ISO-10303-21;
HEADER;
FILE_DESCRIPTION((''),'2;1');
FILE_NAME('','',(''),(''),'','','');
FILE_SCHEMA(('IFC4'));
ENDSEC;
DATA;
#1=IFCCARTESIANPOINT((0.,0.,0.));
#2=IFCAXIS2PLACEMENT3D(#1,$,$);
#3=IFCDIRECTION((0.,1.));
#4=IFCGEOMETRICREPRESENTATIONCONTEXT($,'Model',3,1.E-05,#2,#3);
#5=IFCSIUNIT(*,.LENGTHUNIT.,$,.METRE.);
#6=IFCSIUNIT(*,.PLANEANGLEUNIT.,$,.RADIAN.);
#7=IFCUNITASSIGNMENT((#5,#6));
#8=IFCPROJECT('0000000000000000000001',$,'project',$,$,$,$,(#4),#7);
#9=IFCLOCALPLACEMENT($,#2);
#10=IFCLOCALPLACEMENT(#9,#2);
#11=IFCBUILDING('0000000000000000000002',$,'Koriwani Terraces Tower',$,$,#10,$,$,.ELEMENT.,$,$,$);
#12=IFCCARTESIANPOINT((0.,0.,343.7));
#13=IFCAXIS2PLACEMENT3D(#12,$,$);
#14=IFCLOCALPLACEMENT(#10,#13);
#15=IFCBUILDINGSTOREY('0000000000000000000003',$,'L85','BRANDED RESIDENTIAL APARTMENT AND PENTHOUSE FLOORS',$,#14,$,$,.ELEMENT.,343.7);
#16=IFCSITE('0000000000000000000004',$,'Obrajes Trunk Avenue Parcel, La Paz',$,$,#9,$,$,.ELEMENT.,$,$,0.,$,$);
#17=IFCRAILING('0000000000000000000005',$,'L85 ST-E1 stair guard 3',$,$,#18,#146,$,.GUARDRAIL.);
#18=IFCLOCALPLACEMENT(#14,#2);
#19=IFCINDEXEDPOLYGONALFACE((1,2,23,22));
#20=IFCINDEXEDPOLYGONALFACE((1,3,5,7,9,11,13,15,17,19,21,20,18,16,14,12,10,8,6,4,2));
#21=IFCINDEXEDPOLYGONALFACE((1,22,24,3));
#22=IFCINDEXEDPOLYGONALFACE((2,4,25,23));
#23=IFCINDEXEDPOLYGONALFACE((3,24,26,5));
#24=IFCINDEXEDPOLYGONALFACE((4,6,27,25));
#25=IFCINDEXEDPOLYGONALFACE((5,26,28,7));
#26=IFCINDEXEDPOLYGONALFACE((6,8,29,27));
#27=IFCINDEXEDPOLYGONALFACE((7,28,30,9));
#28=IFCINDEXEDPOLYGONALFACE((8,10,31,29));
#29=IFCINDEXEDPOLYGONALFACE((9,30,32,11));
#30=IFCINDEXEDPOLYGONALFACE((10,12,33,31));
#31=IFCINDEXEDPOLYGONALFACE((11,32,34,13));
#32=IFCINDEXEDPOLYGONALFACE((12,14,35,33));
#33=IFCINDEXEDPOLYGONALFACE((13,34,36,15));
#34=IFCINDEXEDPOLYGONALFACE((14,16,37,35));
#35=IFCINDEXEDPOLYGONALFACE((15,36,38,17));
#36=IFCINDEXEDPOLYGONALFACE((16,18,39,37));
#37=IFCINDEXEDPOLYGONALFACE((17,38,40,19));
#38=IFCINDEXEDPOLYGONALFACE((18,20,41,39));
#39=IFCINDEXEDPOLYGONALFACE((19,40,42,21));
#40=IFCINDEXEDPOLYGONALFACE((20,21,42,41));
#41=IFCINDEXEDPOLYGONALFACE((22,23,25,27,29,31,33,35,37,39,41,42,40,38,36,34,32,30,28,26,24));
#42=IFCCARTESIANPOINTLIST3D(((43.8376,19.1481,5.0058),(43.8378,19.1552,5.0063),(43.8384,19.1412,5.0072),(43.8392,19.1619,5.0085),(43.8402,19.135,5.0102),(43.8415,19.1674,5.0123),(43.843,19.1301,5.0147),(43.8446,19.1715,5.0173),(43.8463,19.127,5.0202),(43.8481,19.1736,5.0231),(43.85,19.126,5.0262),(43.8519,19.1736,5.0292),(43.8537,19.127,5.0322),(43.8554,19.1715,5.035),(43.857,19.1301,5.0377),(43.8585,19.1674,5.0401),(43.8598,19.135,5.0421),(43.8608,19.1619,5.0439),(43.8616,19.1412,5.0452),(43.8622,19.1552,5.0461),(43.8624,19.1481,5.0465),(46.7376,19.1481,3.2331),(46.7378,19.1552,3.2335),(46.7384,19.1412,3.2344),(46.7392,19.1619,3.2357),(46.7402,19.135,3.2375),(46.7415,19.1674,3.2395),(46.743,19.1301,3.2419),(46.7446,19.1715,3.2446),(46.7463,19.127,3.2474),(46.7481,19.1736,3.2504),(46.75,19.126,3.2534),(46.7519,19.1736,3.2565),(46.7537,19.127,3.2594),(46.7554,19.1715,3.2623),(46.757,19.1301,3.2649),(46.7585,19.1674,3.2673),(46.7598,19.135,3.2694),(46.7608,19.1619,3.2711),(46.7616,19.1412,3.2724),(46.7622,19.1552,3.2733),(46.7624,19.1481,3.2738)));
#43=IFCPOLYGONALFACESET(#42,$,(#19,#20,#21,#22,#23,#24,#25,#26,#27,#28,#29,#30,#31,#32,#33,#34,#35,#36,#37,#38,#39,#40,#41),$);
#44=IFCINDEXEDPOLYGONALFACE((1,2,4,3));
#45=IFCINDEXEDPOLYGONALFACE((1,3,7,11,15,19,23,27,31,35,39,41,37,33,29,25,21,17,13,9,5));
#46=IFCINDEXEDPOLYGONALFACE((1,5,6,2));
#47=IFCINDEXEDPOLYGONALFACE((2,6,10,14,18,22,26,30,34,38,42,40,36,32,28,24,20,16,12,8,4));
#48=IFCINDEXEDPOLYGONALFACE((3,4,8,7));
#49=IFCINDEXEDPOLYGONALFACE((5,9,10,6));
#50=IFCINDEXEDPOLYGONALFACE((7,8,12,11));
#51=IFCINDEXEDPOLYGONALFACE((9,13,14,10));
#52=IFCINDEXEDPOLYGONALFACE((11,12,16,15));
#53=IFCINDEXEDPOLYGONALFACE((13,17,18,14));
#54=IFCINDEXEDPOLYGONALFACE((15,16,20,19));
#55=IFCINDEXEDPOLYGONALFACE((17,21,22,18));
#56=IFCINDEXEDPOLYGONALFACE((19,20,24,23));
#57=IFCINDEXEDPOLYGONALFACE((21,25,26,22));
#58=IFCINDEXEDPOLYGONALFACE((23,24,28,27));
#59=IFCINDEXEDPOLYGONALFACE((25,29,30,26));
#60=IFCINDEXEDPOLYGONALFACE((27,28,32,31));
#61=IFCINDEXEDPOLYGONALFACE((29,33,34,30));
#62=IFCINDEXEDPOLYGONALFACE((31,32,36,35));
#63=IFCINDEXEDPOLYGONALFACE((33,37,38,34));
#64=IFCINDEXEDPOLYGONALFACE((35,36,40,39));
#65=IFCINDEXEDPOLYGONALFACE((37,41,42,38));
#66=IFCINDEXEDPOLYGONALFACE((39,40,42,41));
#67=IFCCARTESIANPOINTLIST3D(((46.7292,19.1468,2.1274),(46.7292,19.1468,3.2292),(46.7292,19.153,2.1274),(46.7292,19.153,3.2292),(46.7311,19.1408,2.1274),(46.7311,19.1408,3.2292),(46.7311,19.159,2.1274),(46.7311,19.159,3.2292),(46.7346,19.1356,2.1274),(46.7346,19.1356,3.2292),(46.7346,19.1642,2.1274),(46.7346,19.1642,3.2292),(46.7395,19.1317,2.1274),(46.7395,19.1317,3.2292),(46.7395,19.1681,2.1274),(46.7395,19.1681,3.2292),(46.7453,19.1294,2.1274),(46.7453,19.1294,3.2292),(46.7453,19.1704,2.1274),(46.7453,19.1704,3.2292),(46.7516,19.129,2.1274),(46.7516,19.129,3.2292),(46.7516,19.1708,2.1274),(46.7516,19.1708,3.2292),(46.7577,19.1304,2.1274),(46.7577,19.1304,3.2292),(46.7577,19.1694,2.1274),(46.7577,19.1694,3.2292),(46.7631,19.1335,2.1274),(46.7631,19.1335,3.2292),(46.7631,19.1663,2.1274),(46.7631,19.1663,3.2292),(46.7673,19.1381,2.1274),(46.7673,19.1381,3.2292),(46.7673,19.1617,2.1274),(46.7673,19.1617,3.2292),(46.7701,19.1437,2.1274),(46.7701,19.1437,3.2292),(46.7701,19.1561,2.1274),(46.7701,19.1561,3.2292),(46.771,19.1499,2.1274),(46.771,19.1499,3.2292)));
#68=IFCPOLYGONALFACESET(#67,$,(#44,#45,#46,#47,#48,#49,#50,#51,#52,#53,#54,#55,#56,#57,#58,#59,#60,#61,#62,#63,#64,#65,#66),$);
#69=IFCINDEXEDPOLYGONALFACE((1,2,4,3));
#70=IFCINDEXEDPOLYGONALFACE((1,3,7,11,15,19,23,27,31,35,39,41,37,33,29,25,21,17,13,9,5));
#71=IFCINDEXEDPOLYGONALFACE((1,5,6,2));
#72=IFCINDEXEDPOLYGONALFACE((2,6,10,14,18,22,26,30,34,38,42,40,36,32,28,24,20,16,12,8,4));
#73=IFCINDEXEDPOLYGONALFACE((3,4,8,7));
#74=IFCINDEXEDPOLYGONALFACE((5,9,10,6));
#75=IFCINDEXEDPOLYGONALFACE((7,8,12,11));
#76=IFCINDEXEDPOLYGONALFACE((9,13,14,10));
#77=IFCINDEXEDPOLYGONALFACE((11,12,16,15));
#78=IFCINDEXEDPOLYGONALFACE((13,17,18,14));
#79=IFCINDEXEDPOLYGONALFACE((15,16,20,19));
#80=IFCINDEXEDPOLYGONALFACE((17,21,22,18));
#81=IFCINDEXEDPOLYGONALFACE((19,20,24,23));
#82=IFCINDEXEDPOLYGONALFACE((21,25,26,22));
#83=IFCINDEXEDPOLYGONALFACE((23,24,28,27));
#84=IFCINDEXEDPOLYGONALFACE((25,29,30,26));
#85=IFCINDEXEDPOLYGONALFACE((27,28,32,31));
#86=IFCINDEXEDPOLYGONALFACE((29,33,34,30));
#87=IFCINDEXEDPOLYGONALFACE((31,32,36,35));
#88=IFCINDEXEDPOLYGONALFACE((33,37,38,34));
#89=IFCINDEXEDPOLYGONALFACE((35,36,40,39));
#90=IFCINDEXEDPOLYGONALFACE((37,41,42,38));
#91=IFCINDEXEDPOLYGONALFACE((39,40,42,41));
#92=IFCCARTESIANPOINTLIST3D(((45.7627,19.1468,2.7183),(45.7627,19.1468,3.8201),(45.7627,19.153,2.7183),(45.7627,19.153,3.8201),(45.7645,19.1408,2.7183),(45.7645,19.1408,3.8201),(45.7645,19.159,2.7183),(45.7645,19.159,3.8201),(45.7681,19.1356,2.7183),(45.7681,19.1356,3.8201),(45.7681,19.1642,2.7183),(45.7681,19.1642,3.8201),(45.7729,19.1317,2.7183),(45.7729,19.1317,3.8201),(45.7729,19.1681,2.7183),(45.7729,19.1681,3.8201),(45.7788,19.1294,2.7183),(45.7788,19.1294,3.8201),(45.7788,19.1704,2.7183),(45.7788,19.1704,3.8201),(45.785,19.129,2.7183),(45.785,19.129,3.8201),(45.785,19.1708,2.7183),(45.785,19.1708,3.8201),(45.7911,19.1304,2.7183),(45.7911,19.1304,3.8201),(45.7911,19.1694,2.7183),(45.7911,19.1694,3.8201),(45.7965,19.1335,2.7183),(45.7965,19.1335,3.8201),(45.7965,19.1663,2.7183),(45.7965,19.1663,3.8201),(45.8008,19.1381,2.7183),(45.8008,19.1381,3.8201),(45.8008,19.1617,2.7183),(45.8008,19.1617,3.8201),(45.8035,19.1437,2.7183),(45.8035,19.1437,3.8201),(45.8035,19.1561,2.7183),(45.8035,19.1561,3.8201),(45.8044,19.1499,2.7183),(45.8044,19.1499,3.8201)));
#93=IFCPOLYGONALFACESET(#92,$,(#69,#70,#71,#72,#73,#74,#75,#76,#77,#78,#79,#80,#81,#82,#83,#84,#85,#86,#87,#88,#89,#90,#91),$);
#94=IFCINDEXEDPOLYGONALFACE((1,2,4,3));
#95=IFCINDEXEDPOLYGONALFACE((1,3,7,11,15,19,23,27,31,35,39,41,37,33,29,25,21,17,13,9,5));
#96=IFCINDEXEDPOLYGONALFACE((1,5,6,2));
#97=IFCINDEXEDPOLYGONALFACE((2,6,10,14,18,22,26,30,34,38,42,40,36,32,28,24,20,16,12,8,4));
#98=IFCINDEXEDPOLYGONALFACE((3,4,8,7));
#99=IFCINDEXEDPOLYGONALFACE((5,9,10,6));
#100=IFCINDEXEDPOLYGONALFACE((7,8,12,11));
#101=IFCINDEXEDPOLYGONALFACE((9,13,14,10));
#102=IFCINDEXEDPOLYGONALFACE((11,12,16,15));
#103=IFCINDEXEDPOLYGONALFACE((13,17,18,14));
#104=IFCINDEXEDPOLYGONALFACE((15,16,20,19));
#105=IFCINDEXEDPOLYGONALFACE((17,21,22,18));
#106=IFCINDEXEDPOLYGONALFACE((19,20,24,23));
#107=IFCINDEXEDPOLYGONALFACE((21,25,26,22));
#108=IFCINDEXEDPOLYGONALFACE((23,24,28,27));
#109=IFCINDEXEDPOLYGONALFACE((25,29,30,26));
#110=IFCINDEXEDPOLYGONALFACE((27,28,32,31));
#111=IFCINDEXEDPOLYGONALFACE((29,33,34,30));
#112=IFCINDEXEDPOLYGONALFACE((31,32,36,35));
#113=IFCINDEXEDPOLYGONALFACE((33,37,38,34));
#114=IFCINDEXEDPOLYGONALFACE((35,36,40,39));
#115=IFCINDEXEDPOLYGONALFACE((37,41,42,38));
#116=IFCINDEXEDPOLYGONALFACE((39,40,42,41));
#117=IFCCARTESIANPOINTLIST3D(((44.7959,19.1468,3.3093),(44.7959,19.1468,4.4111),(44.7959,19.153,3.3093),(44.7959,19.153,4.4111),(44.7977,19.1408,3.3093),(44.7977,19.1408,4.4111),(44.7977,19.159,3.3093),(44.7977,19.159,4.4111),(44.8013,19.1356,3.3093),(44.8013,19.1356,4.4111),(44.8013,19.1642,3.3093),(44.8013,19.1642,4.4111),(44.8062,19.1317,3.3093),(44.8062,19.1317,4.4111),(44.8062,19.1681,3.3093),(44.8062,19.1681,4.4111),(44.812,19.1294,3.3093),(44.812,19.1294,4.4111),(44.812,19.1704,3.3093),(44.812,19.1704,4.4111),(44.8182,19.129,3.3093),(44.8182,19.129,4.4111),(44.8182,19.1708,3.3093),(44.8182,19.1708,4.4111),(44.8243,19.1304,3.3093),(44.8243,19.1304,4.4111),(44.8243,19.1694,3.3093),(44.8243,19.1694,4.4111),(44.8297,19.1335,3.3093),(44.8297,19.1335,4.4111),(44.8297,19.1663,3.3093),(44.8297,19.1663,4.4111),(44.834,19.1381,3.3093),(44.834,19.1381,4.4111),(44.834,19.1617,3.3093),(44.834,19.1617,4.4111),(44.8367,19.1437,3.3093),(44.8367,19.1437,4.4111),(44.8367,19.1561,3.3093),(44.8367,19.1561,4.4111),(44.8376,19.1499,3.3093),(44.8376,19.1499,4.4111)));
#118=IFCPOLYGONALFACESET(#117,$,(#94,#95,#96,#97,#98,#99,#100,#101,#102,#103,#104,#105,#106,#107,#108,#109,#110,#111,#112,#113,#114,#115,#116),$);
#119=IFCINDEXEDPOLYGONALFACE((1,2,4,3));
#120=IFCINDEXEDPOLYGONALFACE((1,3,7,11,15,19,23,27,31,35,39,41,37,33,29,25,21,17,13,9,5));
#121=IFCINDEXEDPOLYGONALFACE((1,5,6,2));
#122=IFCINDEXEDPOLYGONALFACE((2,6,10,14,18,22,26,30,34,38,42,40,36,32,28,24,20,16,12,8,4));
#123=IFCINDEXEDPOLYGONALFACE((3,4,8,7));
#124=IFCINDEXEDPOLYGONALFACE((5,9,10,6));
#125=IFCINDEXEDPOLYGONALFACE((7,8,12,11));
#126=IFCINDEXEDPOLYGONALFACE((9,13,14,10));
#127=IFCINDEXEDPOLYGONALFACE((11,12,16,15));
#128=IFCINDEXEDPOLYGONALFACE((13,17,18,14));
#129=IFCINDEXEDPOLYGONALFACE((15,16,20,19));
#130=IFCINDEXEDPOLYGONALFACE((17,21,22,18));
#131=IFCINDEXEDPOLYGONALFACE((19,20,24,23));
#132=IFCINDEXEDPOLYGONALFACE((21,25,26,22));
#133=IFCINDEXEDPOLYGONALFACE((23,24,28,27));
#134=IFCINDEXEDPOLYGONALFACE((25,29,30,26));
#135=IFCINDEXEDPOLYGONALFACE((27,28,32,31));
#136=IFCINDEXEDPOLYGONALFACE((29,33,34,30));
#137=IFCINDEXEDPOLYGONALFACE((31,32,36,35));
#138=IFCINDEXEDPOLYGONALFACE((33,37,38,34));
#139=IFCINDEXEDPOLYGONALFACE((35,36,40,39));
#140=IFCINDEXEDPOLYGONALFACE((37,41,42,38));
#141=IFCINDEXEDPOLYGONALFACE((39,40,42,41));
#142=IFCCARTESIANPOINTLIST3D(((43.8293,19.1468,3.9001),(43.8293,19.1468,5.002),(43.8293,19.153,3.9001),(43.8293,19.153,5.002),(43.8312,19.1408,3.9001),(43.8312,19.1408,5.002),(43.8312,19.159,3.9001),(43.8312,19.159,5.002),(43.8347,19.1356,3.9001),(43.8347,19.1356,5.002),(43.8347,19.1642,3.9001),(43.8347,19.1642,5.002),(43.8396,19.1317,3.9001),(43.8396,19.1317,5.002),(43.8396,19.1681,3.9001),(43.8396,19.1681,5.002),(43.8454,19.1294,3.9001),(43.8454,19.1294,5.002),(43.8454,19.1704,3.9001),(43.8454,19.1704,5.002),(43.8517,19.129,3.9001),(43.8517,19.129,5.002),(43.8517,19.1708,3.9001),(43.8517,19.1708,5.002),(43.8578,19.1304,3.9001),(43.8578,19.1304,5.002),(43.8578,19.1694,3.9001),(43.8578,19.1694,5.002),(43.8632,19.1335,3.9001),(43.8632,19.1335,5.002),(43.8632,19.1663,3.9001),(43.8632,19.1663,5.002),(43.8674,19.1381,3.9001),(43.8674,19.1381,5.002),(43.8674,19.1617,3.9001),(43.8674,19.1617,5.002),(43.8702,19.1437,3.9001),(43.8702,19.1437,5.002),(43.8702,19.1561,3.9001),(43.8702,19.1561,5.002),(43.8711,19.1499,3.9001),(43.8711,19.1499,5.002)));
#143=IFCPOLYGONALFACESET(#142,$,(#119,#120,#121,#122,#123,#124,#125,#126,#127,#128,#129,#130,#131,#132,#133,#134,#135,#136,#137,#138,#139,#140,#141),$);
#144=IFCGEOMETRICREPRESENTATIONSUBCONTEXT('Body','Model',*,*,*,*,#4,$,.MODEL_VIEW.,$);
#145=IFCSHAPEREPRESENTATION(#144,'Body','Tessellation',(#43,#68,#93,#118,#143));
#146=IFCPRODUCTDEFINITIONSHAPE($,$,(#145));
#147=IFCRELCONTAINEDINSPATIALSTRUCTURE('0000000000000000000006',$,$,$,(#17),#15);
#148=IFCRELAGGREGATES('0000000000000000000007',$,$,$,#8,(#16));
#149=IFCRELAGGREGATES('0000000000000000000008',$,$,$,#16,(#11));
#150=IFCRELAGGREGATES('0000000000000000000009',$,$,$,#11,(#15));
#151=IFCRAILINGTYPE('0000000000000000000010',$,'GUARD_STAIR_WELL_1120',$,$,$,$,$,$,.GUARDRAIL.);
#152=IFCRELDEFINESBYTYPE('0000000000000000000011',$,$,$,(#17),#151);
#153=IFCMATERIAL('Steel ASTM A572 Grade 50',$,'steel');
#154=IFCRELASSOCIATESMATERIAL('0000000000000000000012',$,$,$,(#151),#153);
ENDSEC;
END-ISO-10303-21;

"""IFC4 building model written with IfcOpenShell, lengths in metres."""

from ifc_helpers import new_model, si_unit, direction, frame, origin, origin_2d, place, context, subcontext, project, spatial, circle, extrude, material, type_object, element, save


model = new_model("IFC4")

# Units and contexts
model_context = context("Model", 3, precision=1e-05, world=origin(), true_north=direction((0.0, 1.0)))
body_context = subcontext(model_context, "Body", "Model", "MODEL_VIEW")
ifc_project = project(units=[si_unit("LENGTHUNIT", "METRE"), si_unit("PLANEANGLEUNIT", "RADIAN")], contexts=[model_context])

# Site, building, storey
site_placement = place(None, origin())
site = spatial("IfcSite", under=ifc_project, at=site_placement, Name="Obrajes Trunk Avenue Parcel, La Paz", CompositionType="ELEMENT", RefElevation=0.0)
building_placement = place(site_placement, origin())
building = spatial("IfcBuilding", under=site, at=building_placement, Name="Koriwani Terraces Tower", CompositionType="ELEMENT")
storey_placement = place(building_placement, frame((0.0, 0.0, 343.7)))
storey = spatial("IfcBuildingStorey", under=building, at=storey_placement, Name="L85", Description="BRANDED RESIDENTIAL APARTMENT AND PENTHOUSE FLOORS", CompositionType="ELEMENT", Elevation=343.7)

# Railing
ifc_material_1 = material(Name="Steel ASTM A572 Grade 50", Category="steel")
railing_type_1 = type_object("IfcRailingType", Name="GUARD_STAIR_WELL_1120", PredefinedType="GUARDRAIL", material=ifc_material_1)
railing_1_placement = place(storey_placement, frame((46.75, 19.1499, 2.1274)))
element("IfcRailing", 1, at=railing_1_placement, inside=storey, type_object=railing_type_1, Name="L85 ST-E1 stair guard 3", PredefinedType="GUARDRAIL", context=body_context, shape_type="SweptSolid", body=[
    extrude(circle(Radius=0.0239, at=origin_2d()), frame((0.0, 0.0, 1.126), z_axis=(-0.853211, 0.0, 0.521566), x_axis=(0.0, -1.0, 0.0)), (0.0, 0.0, 1.0), 3.3989),
    extrude(circle(Radius=0.021, at=origin_2d()), origin(), (0.0, 0.0, 1.0), 1.1018),
    extrude(circle(Radius=0.021, at=origin_2d()), frame((-0.9666, 0.0, 0.5908)), (0.0, 0.0, 1.0), 1.1018),
    extrude(circle(Radius=0.021, at=origin_2d()), frame((-1.9333, 0.0, 1.1819)), (0.0, 0.0, 1.0), 1.1018),
    extrude(circle(Radius=0.021, at=origin_2d()), frame((-2.8999, 0.0, 1.7727)), (0.0, 0.0, 1.0), 1.1018),
])

save(model, "model.ifc")
